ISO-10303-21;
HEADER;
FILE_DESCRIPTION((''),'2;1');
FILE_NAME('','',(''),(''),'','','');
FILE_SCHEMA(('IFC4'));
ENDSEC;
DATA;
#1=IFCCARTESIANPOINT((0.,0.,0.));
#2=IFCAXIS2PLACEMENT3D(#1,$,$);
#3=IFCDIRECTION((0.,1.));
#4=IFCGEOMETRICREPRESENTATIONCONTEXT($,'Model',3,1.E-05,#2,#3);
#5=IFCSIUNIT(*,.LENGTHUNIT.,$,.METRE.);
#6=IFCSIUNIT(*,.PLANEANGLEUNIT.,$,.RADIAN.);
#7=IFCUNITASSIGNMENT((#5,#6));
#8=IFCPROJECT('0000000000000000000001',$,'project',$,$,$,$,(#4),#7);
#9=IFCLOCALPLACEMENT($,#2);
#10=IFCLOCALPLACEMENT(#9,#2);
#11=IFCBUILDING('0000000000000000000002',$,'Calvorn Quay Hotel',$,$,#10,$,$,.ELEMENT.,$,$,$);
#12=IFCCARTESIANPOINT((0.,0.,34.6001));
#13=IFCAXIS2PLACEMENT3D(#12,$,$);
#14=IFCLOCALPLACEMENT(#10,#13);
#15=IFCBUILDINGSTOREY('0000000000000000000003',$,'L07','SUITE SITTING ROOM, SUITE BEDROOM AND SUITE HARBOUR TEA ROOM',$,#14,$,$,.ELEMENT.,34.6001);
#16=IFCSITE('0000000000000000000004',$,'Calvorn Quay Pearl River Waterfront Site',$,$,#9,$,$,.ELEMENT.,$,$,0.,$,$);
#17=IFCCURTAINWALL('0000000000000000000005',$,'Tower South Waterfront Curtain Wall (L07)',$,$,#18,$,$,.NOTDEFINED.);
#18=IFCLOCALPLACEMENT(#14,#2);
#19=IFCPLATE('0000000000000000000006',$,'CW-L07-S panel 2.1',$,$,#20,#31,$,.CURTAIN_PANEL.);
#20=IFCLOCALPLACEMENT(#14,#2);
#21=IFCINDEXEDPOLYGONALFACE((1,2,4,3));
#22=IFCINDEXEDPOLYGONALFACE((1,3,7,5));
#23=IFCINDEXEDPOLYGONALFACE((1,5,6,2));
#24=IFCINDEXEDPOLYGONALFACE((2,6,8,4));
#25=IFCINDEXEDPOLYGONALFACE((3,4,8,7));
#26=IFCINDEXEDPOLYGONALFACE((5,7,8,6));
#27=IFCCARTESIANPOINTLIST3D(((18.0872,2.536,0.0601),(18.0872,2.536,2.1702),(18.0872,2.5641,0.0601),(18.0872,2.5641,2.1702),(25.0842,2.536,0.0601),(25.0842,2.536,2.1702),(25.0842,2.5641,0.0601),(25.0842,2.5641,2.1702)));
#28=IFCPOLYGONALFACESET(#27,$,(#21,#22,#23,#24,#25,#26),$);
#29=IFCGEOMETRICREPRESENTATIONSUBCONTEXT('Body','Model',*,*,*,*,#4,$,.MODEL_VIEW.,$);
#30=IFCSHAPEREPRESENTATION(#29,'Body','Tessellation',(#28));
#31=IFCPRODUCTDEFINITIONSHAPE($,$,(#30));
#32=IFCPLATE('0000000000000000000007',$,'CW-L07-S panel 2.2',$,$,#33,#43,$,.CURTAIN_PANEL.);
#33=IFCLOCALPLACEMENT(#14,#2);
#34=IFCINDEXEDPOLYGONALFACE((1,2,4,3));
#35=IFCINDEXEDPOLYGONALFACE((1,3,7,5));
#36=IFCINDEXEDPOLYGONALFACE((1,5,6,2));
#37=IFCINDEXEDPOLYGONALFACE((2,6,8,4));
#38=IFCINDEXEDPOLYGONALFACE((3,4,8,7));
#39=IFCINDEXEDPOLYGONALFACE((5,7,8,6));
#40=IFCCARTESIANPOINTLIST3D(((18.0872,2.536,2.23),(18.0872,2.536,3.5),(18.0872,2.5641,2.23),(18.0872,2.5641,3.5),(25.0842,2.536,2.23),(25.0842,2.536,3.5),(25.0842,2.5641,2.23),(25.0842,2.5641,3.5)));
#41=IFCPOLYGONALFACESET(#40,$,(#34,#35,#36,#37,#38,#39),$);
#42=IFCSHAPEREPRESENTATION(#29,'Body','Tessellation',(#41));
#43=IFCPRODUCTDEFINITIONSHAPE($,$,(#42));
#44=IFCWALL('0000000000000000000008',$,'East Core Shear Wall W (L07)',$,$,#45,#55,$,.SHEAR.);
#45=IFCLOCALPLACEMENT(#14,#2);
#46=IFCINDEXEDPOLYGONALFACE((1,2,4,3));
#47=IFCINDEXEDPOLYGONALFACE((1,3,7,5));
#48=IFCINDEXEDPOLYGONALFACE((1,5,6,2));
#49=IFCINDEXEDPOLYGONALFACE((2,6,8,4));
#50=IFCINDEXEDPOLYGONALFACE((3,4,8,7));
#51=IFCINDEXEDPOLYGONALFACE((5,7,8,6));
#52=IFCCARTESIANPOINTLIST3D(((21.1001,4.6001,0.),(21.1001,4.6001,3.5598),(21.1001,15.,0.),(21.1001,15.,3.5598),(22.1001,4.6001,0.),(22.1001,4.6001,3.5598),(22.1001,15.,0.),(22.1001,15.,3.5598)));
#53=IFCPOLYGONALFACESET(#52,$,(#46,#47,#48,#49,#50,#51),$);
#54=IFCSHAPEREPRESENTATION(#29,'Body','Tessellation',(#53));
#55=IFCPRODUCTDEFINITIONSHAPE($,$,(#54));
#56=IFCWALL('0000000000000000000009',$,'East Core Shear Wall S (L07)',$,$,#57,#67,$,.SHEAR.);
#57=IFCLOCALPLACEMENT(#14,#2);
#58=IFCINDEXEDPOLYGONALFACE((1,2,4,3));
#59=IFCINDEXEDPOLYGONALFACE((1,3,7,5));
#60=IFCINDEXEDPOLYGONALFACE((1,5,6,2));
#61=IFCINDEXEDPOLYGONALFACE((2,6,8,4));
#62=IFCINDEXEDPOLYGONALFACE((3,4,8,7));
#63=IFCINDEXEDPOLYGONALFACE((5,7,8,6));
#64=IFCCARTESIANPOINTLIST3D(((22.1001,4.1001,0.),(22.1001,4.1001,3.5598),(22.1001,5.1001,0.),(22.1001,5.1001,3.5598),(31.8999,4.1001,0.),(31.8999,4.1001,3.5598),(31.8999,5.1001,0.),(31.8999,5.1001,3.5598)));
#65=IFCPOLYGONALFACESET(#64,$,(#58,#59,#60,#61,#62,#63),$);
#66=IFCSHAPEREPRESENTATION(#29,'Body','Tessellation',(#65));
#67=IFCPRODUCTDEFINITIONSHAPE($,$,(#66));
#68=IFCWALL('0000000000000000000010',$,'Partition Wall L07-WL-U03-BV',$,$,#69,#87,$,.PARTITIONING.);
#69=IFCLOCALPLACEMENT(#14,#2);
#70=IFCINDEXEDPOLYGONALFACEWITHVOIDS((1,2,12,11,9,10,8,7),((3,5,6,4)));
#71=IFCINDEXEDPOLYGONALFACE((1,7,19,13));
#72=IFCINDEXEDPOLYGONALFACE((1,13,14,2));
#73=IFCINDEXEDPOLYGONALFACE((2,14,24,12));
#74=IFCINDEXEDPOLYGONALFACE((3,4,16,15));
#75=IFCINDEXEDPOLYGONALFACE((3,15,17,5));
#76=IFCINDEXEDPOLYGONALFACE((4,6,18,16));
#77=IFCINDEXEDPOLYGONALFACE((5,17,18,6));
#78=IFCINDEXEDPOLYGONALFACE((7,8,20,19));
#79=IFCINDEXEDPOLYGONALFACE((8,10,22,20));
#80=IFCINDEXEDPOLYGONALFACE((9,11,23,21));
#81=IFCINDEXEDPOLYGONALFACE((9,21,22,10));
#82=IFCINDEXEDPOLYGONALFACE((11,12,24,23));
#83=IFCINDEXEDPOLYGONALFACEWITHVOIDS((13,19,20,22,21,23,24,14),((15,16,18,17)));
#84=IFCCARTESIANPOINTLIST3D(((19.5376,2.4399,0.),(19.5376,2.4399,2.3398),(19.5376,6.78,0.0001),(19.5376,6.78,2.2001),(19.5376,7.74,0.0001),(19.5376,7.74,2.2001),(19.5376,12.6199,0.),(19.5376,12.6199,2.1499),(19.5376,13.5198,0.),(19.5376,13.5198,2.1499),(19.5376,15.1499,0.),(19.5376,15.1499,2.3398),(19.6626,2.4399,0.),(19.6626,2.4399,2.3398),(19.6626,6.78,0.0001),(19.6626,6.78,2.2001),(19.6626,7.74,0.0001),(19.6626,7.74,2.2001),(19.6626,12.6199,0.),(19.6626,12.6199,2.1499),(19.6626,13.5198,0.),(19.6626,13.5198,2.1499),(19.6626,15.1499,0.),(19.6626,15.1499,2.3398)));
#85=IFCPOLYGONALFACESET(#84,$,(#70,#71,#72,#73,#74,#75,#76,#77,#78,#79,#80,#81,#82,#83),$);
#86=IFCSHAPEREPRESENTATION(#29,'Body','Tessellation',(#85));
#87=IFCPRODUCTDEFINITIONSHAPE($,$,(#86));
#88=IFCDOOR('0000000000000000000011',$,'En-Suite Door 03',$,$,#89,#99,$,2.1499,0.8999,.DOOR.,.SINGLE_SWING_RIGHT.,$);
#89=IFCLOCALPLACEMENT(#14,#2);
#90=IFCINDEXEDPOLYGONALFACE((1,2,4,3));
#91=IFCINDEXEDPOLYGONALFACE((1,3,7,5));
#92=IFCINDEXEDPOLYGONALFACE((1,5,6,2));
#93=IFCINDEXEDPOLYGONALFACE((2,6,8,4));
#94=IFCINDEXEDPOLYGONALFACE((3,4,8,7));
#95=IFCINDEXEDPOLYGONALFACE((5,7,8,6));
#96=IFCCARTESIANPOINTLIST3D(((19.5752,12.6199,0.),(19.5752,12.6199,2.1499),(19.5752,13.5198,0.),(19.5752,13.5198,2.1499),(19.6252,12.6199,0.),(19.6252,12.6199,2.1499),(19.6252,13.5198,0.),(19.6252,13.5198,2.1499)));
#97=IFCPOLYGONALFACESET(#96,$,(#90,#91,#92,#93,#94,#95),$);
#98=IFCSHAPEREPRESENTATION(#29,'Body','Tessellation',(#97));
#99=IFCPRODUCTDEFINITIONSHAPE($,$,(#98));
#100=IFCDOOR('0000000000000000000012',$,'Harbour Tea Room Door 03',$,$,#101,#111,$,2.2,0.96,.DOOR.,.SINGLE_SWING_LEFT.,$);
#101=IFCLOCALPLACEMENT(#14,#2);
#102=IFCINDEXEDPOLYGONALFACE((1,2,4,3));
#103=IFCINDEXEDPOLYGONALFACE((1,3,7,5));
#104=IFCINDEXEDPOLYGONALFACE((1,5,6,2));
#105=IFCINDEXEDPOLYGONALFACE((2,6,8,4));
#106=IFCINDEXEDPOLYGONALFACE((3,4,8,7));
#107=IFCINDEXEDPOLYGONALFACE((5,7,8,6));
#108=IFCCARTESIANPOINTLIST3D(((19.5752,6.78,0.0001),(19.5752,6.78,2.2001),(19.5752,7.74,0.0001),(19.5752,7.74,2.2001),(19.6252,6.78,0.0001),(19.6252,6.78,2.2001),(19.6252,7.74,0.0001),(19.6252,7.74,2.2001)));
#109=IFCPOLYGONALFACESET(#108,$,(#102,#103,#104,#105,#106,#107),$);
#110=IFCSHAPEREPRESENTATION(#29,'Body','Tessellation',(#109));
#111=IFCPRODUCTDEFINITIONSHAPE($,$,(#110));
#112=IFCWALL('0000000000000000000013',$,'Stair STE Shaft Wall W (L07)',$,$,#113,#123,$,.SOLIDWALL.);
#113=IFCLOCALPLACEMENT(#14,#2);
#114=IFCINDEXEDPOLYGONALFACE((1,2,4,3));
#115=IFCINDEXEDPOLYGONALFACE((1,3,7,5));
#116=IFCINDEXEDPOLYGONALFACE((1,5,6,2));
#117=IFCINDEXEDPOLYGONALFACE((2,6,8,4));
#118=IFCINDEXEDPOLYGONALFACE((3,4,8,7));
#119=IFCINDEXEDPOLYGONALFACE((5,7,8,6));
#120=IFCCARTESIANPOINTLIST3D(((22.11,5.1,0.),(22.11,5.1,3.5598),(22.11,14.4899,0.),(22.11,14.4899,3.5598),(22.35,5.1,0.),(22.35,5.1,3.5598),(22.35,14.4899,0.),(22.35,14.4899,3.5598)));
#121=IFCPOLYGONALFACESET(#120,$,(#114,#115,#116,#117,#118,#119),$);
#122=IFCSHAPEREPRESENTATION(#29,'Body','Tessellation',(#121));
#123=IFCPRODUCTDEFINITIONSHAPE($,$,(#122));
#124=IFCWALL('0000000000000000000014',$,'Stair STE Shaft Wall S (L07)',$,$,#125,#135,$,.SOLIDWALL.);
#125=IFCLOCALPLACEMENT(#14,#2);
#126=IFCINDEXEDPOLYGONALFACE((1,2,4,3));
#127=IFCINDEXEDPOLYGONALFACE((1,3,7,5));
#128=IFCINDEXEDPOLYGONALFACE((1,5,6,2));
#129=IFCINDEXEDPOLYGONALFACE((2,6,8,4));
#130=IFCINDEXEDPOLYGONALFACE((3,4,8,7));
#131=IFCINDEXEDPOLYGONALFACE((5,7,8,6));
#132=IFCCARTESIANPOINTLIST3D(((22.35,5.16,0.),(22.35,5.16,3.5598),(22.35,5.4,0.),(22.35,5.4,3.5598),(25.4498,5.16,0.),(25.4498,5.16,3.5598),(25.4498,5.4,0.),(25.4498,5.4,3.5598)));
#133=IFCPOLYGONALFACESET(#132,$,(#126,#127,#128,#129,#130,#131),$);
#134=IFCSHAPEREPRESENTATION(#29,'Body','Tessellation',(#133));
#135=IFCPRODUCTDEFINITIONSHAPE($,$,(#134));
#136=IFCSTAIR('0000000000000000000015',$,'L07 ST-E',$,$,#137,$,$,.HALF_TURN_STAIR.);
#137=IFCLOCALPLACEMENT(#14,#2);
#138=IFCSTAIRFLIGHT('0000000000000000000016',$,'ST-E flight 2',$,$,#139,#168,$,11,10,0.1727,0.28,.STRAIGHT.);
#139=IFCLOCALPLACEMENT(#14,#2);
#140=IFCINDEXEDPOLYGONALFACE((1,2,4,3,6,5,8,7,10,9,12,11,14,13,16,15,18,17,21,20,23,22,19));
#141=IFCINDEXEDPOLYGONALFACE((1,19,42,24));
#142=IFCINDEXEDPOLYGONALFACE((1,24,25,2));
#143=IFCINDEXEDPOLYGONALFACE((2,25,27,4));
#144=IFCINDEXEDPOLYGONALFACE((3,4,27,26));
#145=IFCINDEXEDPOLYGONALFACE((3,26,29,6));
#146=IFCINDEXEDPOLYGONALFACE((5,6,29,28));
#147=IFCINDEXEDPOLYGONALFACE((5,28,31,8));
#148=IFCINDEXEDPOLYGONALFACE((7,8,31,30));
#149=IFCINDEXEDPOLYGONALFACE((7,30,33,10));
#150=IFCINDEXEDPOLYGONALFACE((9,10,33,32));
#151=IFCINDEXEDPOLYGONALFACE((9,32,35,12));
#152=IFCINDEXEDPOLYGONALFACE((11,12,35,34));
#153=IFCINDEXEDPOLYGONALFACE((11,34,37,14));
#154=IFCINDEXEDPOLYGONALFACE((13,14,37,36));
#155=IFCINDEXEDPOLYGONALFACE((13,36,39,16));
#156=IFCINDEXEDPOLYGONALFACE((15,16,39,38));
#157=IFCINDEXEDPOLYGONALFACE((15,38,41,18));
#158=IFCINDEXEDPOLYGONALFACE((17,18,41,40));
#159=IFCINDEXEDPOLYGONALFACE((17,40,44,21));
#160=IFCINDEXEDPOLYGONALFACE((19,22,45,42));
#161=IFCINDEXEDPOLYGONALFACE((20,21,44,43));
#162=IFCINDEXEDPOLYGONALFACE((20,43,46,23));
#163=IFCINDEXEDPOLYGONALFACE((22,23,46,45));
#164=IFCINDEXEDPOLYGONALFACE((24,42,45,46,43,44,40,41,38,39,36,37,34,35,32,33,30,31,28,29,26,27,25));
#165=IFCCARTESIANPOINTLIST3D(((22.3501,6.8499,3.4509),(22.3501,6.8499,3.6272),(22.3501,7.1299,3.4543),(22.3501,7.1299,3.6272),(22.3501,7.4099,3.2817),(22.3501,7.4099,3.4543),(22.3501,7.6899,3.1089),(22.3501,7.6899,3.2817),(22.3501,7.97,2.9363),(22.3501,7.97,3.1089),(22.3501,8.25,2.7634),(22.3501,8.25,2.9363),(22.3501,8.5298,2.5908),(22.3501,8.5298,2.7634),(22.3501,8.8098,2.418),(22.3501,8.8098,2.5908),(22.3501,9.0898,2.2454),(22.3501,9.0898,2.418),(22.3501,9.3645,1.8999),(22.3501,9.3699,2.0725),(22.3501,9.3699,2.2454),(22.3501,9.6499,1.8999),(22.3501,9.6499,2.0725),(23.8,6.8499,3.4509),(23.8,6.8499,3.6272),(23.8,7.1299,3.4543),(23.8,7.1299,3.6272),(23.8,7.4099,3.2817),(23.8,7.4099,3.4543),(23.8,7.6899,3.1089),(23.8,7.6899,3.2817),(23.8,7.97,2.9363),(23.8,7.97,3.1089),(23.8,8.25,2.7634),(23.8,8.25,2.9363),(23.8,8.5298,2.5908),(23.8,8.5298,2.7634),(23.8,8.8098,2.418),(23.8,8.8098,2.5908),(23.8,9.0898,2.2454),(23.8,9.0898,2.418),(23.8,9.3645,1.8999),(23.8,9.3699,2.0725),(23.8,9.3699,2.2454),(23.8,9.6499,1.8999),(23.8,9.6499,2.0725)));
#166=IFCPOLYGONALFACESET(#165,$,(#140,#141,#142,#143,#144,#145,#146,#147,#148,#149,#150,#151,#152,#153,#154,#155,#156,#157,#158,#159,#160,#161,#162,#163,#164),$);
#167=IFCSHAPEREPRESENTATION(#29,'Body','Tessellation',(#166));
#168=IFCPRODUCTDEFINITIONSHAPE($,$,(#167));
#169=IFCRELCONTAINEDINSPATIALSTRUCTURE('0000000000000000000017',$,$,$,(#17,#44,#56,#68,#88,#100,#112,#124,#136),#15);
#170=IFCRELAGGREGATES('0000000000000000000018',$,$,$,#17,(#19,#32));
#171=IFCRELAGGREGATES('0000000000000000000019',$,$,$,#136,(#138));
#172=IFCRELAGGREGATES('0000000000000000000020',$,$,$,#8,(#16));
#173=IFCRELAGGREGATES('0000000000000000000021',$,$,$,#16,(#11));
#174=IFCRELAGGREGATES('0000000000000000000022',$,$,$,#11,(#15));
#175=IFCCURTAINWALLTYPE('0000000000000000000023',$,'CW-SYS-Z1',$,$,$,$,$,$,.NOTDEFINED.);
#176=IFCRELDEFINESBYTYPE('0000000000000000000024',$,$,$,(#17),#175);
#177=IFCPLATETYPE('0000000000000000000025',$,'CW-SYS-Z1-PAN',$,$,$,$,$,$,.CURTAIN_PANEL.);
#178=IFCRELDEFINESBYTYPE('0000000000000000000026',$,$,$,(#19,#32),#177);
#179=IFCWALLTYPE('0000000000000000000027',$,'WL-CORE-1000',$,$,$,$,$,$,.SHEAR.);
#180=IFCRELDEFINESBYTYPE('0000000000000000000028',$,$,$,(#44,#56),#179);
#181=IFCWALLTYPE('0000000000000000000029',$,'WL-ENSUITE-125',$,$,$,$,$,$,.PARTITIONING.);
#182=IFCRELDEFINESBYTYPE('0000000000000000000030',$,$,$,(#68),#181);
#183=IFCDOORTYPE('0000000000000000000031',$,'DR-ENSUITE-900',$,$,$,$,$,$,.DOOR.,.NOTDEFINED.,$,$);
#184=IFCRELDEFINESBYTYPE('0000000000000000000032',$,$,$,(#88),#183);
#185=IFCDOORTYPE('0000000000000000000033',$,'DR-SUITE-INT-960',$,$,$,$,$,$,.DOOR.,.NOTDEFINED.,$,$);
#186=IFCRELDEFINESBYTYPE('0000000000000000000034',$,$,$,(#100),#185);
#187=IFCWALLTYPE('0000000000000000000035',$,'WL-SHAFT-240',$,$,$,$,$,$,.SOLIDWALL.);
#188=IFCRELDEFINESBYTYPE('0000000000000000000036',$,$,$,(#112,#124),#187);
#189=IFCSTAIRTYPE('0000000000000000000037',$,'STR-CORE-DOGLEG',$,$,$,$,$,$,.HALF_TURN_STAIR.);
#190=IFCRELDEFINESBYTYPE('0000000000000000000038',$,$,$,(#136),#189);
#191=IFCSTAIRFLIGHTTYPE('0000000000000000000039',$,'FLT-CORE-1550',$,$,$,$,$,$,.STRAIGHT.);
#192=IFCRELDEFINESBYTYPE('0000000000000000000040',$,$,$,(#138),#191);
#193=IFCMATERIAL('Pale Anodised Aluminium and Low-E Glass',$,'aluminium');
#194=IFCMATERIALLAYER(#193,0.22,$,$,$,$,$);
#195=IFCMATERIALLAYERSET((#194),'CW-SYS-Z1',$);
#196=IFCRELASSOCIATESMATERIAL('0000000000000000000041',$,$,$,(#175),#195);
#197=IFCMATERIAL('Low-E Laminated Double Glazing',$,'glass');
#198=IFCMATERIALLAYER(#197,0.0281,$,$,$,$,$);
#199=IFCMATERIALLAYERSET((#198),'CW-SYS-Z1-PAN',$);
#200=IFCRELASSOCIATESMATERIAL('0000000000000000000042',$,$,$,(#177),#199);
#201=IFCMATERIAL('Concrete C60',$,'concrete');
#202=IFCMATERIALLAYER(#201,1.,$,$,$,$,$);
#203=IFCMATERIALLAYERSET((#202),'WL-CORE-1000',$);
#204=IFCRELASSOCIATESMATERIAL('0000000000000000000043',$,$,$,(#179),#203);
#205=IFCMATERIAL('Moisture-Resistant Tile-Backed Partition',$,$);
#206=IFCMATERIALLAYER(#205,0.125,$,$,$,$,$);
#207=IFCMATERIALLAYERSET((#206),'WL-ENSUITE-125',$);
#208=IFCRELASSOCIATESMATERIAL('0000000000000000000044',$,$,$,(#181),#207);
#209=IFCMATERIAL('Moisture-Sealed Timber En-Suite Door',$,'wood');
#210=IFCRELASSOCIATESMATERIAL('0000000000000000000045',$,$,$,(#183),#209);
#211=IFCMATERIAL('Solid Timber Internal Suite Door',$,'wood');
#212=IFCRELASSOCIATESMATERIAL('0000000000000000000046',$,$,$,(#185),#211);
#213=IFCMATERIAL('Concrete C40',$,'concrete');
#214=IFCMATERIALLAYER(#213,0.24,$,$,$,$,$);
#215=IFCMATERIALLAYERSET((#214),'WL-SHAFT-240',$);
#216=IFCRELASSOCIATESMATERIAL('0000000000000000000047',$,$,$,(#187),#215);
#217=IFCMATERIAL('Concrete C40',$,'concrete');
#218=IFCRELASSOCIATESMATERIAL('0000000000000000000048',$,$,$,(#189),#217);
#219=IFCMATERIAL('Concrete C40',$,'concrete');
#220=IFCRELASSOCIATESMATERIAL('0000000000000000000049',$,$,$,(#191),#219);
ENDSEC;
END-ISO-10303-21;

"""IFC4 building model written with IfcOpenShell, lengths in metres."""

from ifc_helpers import new_model, si_unit, direction, frame, frame_2d, origin, origin_2d, place, context, subcontext, project, spatial, polyline, rectangle, outline, extrude, material, layer, layer_set, type_object, element, fill, aggregate, save


model = new_model("IFC4")

# Units and contexts
model_context = context("Model", 3, precision=1e-05, world=origin(), true_north=direction((0.0, 1.0)))
body_context = subcontext(model_context, "Body", "Model", "MODEL_VIEW")
ifc_project = project(units=[si_unit("LENGTHUNIT", "METRE"), si_unit("PLANEANGLEUNIT", "RADIAN")], contexts=[model_context])

# Site, building, storey
site_placement = place(None, origin())
site = spatial("IfcSite", under=ifc_project, at=site_placement, Name="Calvorn Quay Pearl River Waterfront Site", CompositionType="ELEMENT", RefElevation=0.0)
building_placement = place(site_placement, origin())
building = spatial("IfcBuilding", under=site, at=building_placement, Name="Calvorn Quay Hotel", CompositionType="ELEMENT")
storey_placement = place(building_placement, frame((0.0, 0.0, 34.6001)))
storey = spatial("IfcBuildingStorey", under=building, at=storey_placement, Name="L07", Description="SUITE SITTING ROOM, SUITE BEDROOM AND SUITE HARBOUR TEA ROOM", CompositionType="ELEMENT", Elevation=34.6001)

# Curtain wall, plates
ifc_material_1 = material(Name="Pale Anodised Aluminium and Low-E Glass", Category="aluminium")
ifc_layer_1 = layer(ifc_material_1, 0.22)
ifc_layer_set_1 = layer_set([ifc_layer_1], Name="CW-SYS-Z1")
curtain_wall_type = type_object("IfcCurtainWallType", Name="CW-SYS-Z1", PredefinedType="NOTDEFINED", material=ifc_layer_set_1)
curtain_wall_placement = place(storey_placement, origin())
curtain_wall = element("IfcCurtainWall", 1, at=curtain_wall_placement, inside=storey, type_object=curtain_wall_type, Name="Tower South Waterfront Curtain Wall (L07)", PredefinedType="NOTDEFINED")
ifc_material_2 = material(Name="Low-E Laminated Double Glazing", Category="glass")
ifc_layer_2 = layer(ifc_material_2, 0.0281)
ifc_layer_set_2 = layer_set([ifc_layer_2], Name="CW-SYS-Z1-PAN")
plate_type = type_object("IfcPlateType", Name="CW-SYS-Z1-PAN", PredefinedType="CURTAIN_PANEL", material=ifc_layer_set_2)
plate_1_placement = place(storey_placement, frame((21.5857, 2.55, 0.0601), z_axis=(0.0, 0.0, 1.0), x_axis=(1.0, 0.0, 0.0)))
plate_1 = element("IfcPlate", 2, at=plate_1_placement, type_object=plate_type, Name="CW-L07-S panel 2.1", PredefinedType="CURTAIN_PANEL", context=body_context, shape_type="SweptSolid", body=[
    extrude(rectangle(XDim=6.9971, YDim=0.0281, at=origin_2d()), origin(), (0.0, 0.0, 1.0), 2.1101),
])
plate_2_placement = place(storey_placement, frame((21.5857, 2.55, 2.23), z_axis=(0.0, 0.0, 1.0), x_axis=(1.0, 0.0, 0.0)))
plate_2 = element("IfcPlate", 3, at=plate_2_placement, type_object=plate_type, Name="CW-L07-S panel 2.2", PredefinedType="CURTAIN_PANEL", context=body_context, shape_type="SweptSolid", body=[
    extrude(rectangle(XDim=6.9971, YDim=0.0281, at=origin_2d()), origin(), (0.0, 0.0, 1.0), 1.27),
])
aggregate(curtain_wall, [plate_1, plate_2])

# Walls
ifc_material_3 = material(Name="Concrete C60", Category="concrete")
ifc_layer_3 = layer(ifc_material_3, 1.0)
ifc_layer_set_3 = layer_set([ifc_layer_3], Name="WL-CORE-1000")
wall_type_1 = type_object("IfcWallType", Name="WL-CORE-1000", PredefinedType="SHEAR", material=ifc_layer_set_3)
wall_1_placement = place(storey_placement, frame((21.6001, 4.6001, 0.0), z_axis=(0.0, 0.0, 1.0), x_axis=(0.0, 1.0, 0.0)))
element("IfcWall", 4, at=wall_1_placement, inside=storey, type_object=wall_type_1, Name="East Core Shear Wall W (L07)", PredefinedType="SHEAR", context=body_context, shape_type="SweptSolid", body=[
    extrude(rectangle(XDim=10.3999, YDim=1.0, at=frame_2d((5.2, 0.0))), origin(), (0.0, 0.0, 1.0), 3.5598),
])
wall_2_placement = place(storey_placement, frame((22.1001, 4.6001, 0.0), z_axis=(0.0, 0.0, 1.0), x_axis=(1.0, 0.0, 0.0)))
element("IfcWall", 5, at=wall_2_placement, inside=storey, type_object=wall_type_1, Name="East Core Shear Wall S (L07)", PredefinedType="SHEAR", context=body_context, shape_type="SweptSolid", body=[
    extrude(rectangle(XDim=9.7998, YDim=1.0, at=frame_2d((4.8999, 0.0))), origin(), (0.0, 0.0, 1.0), 3.5598),
])

# Wall, openings, doors
ifc_material_4 = material(Name="Moisture-Resistant Tile-Backed Partition")
ifc_layer_4 = layer(ifc_material_4, 0.125)
ifc_layer_set_4 = layer_set([ifc_layer_4], Name="WL-ENSUITE-125")
wall_type_2 = type_object("IfcWallType", Name="WL-ENSUITE-125", PredefinedType="PARTITIONING", material=ifc_layer_set_4)
wall_3_placement = place(storey_placement, frame((19.6001, 2.4399, 0.0), z_axis=(0.0, 0.0, 1.0), x_axis=(0.0, 1.0, 0.0)))
wall_3 = element("IfcWall", 6, at=wall_3_placement, inside=storey, type_object=wall_type_2, Name="Partition Wall L07-WL-U03-BV", PredefinedType="PARTITIONING", context=body_context, shape_type="SweptSolid", body=[
    extrude(rectangle(XDim=12.71, YDim=0.125, at=frame_2d((6.355, 0.0))), origin(), (0.0, 0.0, 1.0), 2.3398),
])
opening_1_placement = place(wall_3_placement, frame((4.3401, 0.0, 0.0)))
opening_1 = element("IfcOpeningElement", 7, at=opening_1_placement, cuts=wall_3, PredefinedType="OPENING", context=body_context, shape_type="SweptSolid", body=[
    extrude(rectangle(XDim=0.96, YDim=2.2, at=frame_2d((0.48, 1.1001))), frame((0.0, 0.0725, 0.0), z_axis=(0.0, -1.0, 0.0), x_axis=(1.0, 0.0, 0.0)), (0.0, 0.0, 1.0), 0.145),
])
opening_2_placement = place(wall_3_placement, frame((10.1799, 0.0, 0.0)))
opening_2 = element("IfcOpeningElement", 8, at=opening_2_placement, cuts=wall_3, PredefinedType="OPENING", context=body_context, shape_type="SweptSolid", body=[
    extrude(rectangle(XDim=0.8999, YDim=2.1499, at=frame_2d((0.45, 1.075))), frame((0.0, 0.0725, 0.0), z_axis=(0.0, -1.0, 0.0), x_axis=(1.0, 0.0, 0.0)), (0.0, 0.0, 1.0), 0.145),
])
ifc_material_5 = material(Name="Moisture-Sealed Timber En-Suite Door", Category="wood")
door_type_1 = type_object("IfcDoorType", Name="DR-ENSUITE-900", OperationType="NOTDEFINED", PredefinedType="DOOR", material=ifc_material_5)
door_1_placement = place(opening_2_placement, origin())
door_1 = element("IfcDoor", 9, at=door_1_placement, inside=storey, type_object=door_type_1, Name="En-Suite Door 03", OperationType="SINGLE_SWING_RIGHT", OverallHeight=2.1499, OverallWidth=0.8999, PredefinedType="DOOR", context=body_context, shape_type="SweptSolid", body=[
    extrude(rectangle(XDim=0.8999, YDim=2.1499, at=frame_2d((0.45, 1.075))), frame((0.0, 0.0249, 0.0), z_axis=(0.0, -1.0, 0.0), x_axis=(1.0, 0.0, 0.0)), (0.0, 0.0, 1.0), 0.05),
])
fill(opening_2, door_1)
ifc_material_6 = material(Name="Solid Timber Internal Suite Door", Category="wood")
door_type_2 = type_object("IfcDoorType", Name="DR-SUITE-INT-960", OperationType="NOTDEFINED", PredefinedType="DOOR", material=ifc_material_6)
door_2_placement = place(opening_1_placement, origin())
door_2 = element("IfcDoor", 10, at=door_2_placement, inside=storey, type_object=door_type_2, Name="Harbour Tea Room Door 03", OperationType="SINGLE_SWING_LEFT", OverallHeight=2.2, OverallWidth=0.96, PredefinedType="DOOR", context=body_context, shape_type="SweptSolid", body=[
    extrude(rectangle(XDim=0.96, YDim=2.2, at=frame_2d((0.48, 1.1001))), frame((0.0, 0.0249, 0.0), z_axis=(0.0, -1.0, 0.0), x_axis=(1.0, 0.0, 0.0)), (0.0, 0.0, 1.0), 0.05),
])
fill(opening_1, door_2)

# Walls
ifc_material_7 = material(Name="Concrete C40", Category="concrete")
ifc_layer_5 = layer(ifc_material_7, 0.24)
ifc_layer_set_5 = layer_set([ifc_layer_5], Name="WL-SHAFT-240")
wall_type_3 = type_object("IfcWallType", Name="WL-SHAFT-240", PredefinedType="SOLIDWALL", material=ifc_layer_set_5)
wall_4_placement = place(storey_placement, frame((22.23, 5.1001, 0.0), z_axis=(0.0, 0.0, 1.0), x_axis=(0.0, 1.0, 0.0)))
element("IfcWall", 11, at=wall_4_placement, inside=storey, type_object=wall_type_3, Name="Stair STE Shaft Wall W (L07)", PredefinedType="SOLIDWALL", context=body_context, shape_type="SweptSolid", body=[
    extrude(rectangle(XDim=9.3899, YDim=0.24, at=frame_2d((4.6948, 0.0))), origin(), (0.0, 0.0, 1.0), 3.5598),
])
wall_5_placement = place(storey_placement, frame((22.3501, 5.28, 0.0), z_axis=(0.0, 0.0, 1.0), x_axis=(1.0, 0.0, 0.0)))
element("IfcWall", 12, at=wall_5_placement, inside=storey, type_object=wall_type_3, Name="Stair STE Shaft Wall S (L07)", PredefinedType="SOLIDWALL", context=body_context, shape_type="SweptSolid", body=[
    extrude(rectangle(XDim=3.0999, YDim=0.24, at=frame_2d((1.5498, 0.0))), origin(), (0.0, 0.0, 1.0), 3.5598),
])

# Stair, stair flight
ifc_material_8 = material(Name="Concrete C40", Category="concrete")
stair_type = type_object("IfcStairType", Name="STR-CORE-DOGLEG", PredefinedType="HALF_TURN_STAIR", material=ifc_material_8)
stair_placement = place(storey_placement, origin())
stair = element("IfcStair", 13, at=stair_placement, inside=storey, type_object=stair_type, Name="L07 ST-E", PredefinedType="HALF_TURN_STAIR")
ifc_material_9 = material(Name="Concrete C40", Category="concrete")
stair_flight_type = type_object("IfcStairFlightType", Name="FLT-CORE-1550", PredefinedType="STRAIGHT", material=ifc_material_9)
stair_flight_placement = place(storey_placement, frame((23.075, 9.6499, 1.8999), z_axis=(0.0, 0.0, 1.0), x_axis=(0.0, -1.0, 0.0)))
stair_flight = element("IfcStairFlight", 14, at=stair_flight_placement, type_object=stair_flight_type, Name="ST-E flight 2", NumberOfRisers=11, NumberOfTreads=10, PredefinedType="STRAIGHT", RiserHeight=0.1727, TreadLength=0.28, context=body_context, shape_type="SweptSolid", body=[
    extrude(outline(polyline([(0.0, 0.0), (0.0, 0.1726), (0.28, 0.1726), (0.28, 0.3455), (0.5601, 0.3455), (0.5601, 0.5181), (0.8401, 0.5181), (0.8401, 0.6909), (1.1201, 0.6909), (1.1201, 0.8635), (1.3999, 0.8635), (1.3999, 1.0364), (1.6799, 1.0364), (1.6799, 1.209), (1.96, 1.209), (1.96, 1.3818), (2.24, 1.3818), (2.24, 1.5544), (2.52, 1.5544), (2.52, 1.7273), (2.8, 1.7273), (2.8, 1.8999), (2.8, 1.551), (0.2854, 0.0), (0.0, 0.0)])), frame((0.0, 0.7251, 0.0), z_axis=(0.0, -1.0, 0.0), x_axis=(1.0, 0.0, 0.0)), (0.0, 0.0, 1.0), 1.45),
])
aggregate(stair, [stair_flight])

save(model, "model.ifc")
